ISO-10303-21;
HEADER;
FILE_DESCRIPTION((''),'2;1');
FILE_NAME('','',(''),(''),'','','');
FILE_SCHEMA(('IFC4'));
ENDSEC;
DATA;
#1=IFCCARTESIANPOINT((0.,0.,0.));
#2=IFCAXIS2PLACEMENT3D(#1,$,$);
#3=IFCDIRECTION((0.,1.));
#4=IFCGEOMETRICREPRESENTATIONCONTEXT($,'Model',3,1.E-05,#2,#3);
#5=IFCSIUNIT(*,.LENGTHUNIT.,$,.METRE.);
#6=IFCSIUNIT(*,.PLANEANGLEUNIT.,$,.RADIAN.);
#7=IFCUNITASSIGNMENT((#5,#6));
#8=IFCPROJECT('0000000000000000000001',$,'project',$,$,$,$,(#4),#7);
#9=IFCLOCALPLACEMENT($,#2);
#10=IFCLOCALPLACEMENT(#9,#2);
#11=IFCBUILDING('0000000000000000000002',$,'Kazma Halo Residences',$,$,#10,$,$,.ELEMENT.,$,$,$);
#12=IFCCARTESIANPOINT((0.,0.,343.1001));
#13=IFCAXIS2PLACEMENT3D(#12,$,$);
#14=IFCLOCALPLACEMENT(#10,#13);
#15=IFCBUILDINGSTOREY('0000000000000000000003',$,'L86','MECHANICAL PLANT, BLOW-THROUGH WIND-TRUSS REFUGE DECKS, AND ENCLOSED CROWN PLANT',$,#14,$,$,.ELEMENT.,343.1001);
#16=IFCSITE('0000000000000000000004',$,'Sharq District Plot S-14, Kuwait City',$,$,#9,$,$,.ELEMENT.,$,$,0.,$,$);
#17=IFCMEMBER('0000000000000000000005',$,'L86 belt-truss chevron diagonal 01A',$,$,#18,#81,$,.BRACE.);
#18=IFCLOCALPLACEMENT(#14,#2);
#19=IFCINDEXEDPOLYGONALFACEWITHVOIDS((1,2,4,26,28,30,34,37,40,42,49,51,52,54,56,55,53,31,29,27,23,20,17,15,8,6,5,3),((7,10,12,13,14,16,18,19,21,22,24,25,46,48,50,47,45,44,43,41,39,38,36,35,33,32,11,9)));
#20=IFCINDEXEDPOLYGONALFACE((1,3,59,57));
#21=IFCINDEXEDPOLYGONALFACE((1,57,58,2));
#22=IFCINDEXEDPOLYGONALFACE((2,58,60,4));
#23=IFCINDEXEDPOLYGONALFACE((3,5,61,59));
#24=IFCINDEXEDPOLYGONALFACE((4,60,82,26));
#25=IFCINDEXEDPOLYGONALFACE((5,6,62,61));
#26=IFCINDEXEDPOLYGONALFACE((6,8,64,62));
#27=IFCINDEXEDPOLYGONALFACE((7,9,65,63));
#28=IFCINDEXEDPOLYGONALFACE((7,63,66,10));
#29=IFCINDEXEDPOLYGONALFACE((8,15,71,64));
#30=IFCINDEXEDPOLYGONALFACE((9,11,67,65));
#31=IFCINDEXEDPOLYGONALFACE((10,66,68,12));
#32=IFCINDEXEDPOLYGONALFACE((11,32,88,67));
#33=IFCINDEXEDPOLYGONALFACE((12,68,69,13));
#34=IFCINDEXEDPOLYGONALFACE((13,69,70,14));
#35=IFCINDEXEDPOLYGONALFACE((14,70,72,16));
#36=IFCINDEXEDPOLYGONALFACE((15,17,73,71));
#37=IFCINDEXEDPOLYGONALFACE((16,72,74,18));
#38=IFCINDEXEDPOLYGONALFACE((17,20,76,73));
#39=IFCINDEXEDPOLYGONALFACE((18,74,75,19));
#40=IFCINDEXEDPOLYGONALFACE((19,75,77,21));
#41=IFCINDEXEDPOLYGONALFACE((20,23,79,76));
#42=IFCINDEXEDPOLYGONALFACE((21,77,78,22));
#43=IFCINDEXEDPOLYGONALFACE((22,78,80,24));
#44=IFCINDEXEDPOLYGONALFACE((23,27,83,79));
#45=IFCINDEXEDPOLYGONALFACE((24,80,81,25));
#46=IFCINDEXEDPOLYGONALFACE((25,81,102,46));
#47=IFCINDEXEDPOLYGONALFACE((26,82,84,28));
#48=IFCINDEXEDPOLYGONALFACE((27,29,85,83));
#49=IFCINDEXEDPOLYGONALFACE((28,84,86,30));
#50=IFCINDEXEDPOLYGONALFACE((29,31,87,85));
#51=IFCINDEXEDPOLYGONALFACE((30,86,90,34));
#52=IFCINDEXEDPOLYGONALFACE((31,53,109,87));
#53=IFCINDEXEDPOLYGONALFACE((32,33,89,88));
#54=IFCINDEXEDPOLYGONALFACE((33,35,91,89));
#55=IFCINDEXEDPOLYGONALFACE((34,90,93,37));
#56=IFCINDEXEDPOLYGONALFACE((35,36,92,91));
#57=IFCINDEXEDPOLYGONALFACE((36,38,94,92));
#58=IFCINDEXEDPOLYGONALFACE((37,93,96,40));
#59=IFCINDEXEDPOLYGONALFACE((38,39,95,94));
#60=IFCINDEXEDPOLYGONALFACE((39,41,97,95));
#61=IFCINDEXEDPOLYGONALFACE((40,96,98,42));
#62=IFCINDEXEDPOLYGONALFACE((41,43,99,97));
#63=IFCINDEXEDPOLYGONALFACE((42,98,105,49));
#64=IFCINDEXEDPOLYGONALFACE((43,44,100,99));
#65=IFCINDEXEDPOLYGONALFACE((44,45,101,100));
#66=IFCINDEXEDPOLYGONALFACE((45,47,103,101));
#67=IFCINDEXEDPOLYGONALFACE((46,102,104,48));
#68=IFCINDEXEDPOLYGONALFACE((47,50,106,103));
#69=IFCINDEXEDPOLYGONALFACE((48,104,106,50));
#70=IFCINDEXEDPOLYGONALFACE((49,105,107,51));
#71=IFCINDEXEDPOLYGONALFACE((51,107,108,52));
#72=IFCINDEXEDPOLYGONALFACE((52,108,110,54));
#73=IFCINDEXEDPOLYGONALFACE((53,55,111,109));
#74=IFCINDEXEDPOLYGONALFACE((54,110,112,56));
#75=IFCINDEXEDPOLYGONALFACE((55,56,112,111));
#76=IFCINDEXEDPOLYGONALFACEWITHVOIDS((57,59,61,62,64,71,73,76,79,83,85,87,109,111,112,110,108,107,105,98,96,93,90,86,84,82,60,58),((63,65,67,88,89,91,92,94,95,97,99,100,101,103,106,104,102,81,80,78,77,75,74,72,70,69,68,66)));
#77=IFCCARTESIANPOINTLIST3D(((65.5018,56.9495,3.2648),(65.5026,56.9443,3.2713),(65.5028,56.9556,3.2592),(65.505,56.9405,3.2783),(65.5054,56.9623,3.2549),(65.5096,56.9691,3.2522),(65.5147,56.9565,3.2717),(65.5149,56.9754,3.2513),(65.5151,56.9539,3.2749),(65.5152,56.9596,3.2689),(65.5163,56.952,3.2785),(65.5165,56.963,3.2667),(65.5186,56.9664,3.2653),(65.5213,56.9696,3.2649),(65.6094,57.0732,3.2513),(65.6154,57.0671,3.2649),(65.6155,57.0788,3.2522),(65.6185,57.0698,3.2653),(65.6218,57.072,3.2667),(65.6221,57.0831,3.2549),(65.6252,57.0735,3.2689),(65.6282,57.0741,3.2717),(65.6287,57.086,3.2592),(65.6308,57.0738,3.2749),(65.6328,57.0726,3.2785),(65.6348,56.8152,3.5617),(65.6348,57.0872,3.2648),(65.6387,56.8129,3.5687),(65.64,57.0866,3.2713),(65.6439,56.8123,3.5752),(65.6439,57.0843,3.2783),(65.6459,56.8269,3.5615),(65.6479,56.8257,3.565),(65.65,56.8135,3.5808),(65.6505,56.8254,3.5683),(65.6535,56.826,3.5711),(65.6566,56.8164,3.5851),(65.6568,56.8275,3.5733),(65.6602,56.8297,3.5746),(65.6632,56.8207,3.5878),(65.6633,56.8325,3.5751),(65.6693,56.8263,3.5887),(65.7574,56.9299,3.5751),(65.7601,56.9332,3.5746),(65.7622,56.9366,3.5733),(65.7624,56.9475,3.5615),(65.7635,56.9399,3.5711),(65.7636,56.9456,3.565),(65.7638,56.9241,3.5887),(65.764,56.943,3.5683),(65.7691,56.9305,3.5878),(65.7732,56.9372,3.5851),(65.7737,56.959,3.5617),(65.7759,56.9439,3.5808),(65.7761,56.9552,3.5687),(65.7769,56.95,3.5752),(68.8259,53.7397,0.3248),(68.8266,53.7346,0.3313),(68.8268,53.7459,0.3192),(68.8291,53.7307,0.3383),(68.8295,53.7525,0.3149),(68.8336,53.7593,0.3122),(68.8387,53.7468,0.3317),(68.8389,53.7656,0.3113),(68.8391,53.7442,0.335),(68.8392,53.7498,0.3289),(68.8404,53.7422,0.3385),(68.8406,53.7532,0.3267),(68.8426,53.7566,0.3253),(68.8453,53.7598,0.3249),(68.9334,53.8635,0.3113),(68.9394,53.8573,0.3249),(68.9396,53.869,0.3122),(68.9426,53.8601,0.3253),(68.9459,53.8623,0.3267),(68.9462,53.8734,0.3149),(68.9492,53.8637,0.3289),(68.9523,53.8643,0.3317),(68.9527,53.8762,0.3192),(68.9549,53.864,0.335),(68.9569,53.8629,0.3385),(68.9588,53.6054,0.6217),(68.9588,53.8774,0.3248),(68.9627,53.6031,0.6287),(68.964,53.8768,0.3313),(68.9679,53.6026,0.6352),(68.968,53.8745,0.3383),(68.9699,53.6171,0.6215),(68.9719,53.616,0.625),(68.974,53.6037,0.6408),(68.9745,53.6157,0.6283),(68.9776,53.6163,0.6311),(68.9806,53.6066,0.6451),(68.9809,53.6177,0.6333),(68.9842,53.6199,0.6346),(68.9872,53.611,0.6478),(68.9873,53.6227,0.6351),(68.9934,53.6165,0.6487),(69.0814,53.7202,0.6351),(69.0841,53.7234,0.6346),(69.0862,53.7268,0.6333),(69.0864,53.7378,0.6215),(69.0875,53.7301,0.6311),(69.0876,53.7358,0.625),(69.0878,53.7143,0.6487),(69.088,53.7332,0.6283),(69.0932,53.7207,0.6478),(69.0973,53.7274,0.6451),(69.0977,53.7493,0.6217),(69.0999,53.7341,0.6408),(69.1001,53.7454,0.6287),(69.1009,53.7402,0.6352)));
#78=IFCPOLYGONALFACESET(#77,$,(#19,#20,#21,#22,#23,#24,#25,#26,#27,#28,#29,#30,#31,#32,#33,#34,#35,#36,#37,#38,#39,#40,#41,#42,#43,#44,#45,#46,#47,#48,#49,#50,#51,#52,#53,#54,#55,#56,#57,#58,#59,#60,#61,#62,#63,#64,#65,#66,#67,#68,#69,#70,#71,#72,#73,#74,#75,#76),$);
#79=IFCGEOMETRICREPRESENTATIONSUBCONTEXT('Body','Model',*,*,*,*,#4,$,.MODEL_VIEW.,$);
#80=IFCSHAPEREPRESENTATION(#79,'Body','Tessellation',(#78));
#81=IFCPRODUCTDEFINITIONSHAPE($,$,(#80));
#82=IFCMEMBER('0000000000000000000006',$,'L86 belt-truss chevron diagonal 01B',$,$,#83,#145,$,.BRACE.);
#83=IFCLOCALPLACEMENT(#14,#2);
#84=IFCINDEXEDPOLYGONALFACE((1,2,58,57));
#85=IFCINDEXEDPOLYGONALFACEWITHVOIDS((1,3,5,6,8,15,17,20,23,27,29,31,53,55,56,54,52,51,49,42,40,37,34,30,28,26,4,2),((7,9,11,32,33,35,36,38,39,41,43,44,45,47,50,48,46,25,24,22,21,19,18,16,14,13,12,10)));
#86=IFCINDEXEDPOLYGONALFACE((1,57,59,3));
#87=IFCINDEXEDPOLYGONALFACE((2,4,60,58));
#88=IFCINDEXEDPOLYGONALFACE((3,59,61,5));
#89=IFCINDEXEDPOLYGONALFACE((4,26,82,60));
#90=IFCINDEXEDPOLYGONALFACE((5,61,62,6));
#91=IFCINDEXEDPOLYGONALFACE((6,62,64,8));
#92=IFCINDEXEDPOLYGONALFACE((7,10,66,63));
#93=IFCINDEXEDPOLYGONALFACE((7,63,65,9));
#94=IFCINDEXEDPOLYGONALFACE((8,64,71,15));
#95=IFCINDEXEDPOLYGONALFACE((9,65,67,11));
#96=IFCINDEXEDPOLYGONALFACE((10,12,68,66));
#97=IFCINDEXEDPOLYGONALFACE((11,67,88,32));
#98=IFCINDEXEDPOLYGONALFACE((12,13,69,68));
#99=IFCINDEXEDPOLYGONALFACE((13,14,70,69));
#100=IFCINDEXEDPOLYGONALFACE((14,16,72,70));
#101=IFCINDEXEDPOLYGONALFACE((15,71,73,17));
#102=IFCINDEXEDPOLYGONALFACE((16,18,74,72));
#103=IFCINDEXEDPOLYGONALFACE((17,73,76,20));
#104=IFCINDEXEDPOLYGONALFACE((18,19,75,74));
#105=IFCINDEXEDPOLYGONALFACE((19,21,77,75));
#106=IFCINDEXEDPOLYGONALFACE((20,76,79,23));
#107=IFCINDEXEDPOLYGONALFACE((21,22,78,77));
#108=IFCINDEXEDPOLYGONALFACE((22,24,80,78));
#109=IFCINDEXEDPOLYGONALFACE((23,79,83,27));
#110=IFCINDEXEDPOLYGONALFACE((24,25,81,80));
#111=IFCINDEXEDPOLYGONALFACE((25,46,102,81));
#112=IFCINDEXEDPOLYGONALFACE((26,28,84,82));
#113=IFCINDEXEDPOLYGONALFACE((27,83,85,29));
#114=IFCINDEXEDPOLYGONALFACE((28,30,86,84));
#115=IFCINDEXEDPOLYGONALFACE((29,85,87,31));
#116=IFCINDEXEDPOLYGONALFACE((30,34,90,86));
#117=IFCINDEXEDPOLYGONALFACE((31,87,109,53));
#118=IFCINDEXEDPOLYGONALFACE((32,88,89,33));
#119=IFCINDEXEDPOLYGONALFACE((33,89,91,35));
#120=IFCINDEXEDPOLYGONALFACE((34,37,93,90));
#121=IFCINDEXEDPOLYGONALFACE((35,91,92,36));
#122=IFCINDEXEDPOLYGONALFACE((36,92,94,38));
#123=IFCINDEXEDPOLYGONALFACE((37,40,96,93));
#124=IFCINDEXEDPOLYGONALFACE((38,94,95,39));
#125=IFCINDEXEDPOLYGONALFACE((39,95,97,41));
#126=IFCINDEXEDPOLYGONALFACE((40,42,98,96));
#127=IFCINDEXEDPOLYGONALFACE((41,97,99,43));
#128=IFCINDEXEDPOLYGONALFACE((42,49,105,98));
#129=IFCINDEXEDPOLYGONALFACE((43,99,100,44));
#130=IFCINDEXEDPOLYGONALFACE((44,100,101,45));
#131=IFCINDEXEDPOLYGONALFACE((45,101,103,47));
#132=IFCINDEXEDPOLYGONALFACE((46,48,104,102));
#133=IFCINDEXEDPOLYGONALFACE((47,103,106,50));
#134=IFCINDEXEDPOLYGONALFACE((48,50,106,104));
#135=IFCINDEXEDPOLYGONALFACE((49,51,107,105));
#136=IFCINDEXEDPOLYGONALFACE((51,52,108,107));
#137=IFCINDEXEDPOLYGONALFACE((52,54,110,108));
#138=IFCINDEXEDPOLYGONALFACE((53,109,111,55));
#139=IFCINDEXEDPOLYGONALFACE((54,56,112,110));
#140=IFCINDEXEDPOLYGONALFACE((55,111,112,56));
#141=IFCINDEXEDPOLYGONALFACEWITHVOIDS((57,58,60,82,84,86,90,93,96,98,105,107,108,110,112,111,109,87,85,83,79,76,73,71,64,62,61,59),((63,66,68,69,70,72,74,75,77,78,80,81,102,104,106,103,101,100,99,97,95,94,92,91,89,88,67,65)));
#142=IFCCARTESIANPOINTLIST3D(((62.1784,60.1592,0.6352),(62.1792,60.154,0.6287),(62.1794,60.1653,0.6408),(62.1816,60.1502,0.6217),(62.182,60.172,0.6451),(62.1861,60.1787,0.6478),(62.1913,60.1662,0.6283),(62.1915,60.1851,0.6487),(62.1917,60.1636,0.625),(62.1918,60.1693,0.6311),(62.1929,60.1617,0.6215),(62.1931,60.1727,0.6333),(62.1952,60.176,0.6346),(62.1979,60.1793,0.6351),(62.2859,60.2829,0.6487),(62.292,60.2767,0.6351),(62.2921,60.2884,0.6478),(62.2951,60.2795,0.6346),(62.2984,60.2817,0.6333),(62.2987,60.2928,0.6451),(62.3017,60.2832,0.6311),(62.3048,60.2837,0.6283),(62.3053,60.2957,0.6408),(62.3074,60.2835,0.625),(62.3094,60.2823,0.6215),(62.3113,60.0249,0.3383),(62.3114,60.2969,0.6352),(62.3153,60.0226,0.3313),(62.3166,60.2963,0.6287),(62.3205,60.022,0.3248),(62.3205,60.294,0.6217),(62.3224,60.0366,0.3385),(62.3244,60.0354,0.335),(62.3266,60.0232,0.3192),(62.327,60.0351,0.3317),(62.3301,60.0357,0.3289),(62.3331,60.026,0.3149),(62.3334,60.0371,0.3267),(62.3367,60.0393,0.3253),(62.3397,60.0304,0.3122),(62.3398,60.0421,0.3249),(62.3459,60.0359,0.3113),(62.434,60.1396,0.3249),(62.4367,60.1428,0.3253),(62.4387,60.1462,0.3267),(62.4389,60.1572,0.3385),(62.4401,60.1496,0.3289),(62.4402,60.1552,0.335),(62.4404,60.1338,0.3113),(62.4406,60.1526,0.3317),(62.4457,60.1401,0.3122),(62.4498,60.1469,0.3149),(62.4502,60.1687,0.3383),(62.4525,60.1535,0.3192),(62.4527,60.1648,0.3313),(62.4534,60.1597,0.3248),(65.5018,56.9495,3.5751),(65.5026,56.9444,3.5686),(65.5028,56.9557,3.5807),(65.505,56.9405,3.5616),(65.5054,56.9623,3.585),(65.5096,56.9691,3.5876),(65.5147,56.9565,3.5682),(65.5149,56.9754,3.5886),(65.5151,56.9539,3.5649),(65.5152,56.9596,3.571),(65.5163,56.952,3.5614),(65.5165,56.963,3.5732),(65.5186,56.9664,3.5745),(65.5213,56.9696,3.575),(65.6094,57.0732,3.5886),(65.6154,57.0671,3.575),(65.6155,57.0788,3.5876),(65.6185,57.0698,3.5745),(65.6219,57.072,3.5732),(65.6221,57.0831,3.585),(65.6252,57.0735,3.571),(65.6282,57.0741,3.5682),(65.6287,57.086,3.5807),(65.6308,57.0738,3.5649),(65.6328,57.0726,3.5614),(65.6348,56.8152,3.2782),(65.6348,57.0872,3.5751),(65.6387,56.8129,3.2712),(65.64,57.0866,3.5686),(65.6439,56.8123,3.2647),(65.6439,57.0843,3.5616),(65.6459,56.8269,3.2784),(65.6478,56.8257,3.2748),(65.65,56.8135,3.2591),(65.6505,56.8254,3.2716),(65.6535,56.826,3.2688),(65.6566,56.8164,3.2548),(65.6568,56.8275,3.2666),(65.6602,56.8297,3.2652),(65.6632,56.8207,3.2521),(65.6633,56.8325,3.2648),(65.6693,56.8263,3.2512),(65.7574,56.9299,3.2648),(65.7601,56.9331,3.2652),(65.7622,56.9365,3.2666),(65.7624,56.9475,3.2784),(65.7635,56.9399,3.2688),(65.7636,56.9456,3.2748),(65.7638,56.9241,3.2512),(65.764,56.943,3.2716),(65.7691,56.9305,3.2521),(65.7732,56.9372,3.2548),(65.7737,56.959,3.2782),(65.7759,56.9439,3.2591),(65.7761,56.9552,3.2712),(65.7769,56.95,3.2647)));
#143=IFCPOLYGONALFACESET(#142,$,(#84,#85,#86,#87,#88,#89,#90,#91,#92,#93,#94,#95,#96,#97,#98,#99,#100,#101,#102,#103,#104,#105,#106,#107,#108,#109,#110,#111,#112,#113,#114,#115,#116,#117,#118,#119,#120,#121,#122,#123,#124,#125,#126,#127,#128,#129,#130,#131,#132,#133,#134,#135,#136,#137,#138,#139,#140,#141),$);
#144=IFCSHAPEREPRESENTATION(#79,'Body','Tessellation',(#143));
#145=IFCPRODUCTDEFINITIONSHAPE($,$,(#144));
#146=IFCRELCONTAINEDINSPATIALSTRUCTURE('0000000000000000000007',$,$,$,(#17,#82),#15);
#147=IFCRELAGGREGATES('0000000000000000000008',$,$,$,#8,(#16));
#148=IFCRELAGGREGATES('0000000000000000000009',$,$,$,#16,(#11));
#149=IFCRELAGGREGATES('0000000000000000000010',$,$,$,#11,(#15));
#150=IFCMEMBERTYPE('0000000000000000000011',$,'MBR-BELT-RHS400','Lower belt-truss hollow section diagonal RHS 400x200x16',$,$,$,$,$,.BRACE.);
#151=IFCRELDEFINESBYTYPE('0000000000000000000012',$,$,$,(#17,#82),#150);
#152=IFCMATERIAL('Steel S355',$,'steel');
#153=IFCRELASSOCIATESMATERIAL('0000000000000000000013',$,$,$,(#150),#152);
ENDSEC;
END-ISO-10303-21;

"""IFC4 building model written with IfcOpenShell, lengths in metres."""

from ifc_helpers import new_model, si_unit, direction, frame, origin, origin_2d, place, context, subcontext, project, spatial, hollow_rectangle, extrude, material, material_profile, profile_set, type_object, element, save


model = new_model("IFC4")

# Units and contexts
model_context = context("Model", 3, precision=1e-05, world=origin(), true_north=direction((0.0, 1.0)))
body_context = subcontext(model_context, "Body", "Model", "MODEL_VIEW")
ifc_project = project(units=[si_unit("LENGTHUNIT", "METRE"), si_unit("PLANEANGLEUNIT", "RADIAN")], contexts=[model_context])

# Site, building, storey
site_placement = place(None, origin())
site = spatial("IfcSite", under=ifc_project, at=site_placement, Name="Sharq District Plot S-14, Kuwait City", CompositionType="ELEMENT", RefElevation=0.0)
building_placement = place(site_placement, origin())
building = spatial("IfcBuilding", under=site, at=building_placement, Name="Kazma Halo Residences", CompositionType="ELEMENT")
storey_placement = place(building_placement, frame((0.0, 0.0, 343.1001)))
storey = spatial("IfcBuildingStorey", under=building, at=storey_placement, Name="L86", Description="MECHANICAL PLANT, BLOW-THROUGH WIND-TRUSS REFUGE DECKS, AND ENCLOSED CROWN PLANT", CompositionType="ELEMENT", Elevation=343.1001)

# Shared definitions
ifc_material_1 = material(Name="Steel S355", Category="steel")

# Members
ifc_material_profile_1 = material_profile(ifc_material_1, hollow_rectangle(XDim=0.2, YDim=0.3999, WallThickness=0.0161, InnerFilletRadius=0.0161, OuterFilletRadius=0.032, at=origin_2d()), Name="RHS400x200x16")
ifc_profile_set_1 = profile_set([ifc_material_profile_1], Name="Steel S355")
member_type_1 = type_object("IfcMemberType", Name="MBR-BELT-RHS400", Description="Lower belt-truss hollow section diagonal RHS 400x200x16", PredefinedType="BRACE", material=ifc_profile_set_1)
member_1_placement = place(storey_placement, frame((68.9634, 53.74, 0.48), z_axis=(-0.606929, 0.586067, 0.536808), x_axis=(-0.694635, -0.719362, 0.0)))
element("IfcMember", 1, at=member_1_placement, inside=storey, type_object=member_type_1, Name="L86 belt-truss chevron diagonal 01A", PredefinedType="BRACE", context=body_context, shape_type="SweptSolid", body=[
    extrude(hollow_rectangle(XDim=0.2, YDim=0.3999, WallThickness=0.0161, InnerFilletRadius=0.0161, OuterFilletRadius=0.032, at=origin_2d()), origin(), (0.0, 0.0, 1.0), 5.4768),
])
member_2_placement = place(storey_placement, frame((62.3159, 60.1594, 0.48), z_axis=(0.606873, -0.586098, 0.536837), x_axis=(0.694688, 0.719311, 0.0)))
element("IfcMember", 2, at=member_2_placement, inside=storey, type_object=member_type_1, Name="L86 belt-truss chevron diagonal 01B", PredefinedType="BRACE", context=body_context, shape_type="SweptSolid", body=[
    extrude(hollow_rectangle(XDim=0.2, YDim=0.3999, WallThickness=0.0161, InnerFilletRadius=0.0161, OuterFilletRadius=0.032, at=origin_2d()), origin(), (0.0, 0.0, 1.0), 5.4763),
])

save(model, "model.ifc")
